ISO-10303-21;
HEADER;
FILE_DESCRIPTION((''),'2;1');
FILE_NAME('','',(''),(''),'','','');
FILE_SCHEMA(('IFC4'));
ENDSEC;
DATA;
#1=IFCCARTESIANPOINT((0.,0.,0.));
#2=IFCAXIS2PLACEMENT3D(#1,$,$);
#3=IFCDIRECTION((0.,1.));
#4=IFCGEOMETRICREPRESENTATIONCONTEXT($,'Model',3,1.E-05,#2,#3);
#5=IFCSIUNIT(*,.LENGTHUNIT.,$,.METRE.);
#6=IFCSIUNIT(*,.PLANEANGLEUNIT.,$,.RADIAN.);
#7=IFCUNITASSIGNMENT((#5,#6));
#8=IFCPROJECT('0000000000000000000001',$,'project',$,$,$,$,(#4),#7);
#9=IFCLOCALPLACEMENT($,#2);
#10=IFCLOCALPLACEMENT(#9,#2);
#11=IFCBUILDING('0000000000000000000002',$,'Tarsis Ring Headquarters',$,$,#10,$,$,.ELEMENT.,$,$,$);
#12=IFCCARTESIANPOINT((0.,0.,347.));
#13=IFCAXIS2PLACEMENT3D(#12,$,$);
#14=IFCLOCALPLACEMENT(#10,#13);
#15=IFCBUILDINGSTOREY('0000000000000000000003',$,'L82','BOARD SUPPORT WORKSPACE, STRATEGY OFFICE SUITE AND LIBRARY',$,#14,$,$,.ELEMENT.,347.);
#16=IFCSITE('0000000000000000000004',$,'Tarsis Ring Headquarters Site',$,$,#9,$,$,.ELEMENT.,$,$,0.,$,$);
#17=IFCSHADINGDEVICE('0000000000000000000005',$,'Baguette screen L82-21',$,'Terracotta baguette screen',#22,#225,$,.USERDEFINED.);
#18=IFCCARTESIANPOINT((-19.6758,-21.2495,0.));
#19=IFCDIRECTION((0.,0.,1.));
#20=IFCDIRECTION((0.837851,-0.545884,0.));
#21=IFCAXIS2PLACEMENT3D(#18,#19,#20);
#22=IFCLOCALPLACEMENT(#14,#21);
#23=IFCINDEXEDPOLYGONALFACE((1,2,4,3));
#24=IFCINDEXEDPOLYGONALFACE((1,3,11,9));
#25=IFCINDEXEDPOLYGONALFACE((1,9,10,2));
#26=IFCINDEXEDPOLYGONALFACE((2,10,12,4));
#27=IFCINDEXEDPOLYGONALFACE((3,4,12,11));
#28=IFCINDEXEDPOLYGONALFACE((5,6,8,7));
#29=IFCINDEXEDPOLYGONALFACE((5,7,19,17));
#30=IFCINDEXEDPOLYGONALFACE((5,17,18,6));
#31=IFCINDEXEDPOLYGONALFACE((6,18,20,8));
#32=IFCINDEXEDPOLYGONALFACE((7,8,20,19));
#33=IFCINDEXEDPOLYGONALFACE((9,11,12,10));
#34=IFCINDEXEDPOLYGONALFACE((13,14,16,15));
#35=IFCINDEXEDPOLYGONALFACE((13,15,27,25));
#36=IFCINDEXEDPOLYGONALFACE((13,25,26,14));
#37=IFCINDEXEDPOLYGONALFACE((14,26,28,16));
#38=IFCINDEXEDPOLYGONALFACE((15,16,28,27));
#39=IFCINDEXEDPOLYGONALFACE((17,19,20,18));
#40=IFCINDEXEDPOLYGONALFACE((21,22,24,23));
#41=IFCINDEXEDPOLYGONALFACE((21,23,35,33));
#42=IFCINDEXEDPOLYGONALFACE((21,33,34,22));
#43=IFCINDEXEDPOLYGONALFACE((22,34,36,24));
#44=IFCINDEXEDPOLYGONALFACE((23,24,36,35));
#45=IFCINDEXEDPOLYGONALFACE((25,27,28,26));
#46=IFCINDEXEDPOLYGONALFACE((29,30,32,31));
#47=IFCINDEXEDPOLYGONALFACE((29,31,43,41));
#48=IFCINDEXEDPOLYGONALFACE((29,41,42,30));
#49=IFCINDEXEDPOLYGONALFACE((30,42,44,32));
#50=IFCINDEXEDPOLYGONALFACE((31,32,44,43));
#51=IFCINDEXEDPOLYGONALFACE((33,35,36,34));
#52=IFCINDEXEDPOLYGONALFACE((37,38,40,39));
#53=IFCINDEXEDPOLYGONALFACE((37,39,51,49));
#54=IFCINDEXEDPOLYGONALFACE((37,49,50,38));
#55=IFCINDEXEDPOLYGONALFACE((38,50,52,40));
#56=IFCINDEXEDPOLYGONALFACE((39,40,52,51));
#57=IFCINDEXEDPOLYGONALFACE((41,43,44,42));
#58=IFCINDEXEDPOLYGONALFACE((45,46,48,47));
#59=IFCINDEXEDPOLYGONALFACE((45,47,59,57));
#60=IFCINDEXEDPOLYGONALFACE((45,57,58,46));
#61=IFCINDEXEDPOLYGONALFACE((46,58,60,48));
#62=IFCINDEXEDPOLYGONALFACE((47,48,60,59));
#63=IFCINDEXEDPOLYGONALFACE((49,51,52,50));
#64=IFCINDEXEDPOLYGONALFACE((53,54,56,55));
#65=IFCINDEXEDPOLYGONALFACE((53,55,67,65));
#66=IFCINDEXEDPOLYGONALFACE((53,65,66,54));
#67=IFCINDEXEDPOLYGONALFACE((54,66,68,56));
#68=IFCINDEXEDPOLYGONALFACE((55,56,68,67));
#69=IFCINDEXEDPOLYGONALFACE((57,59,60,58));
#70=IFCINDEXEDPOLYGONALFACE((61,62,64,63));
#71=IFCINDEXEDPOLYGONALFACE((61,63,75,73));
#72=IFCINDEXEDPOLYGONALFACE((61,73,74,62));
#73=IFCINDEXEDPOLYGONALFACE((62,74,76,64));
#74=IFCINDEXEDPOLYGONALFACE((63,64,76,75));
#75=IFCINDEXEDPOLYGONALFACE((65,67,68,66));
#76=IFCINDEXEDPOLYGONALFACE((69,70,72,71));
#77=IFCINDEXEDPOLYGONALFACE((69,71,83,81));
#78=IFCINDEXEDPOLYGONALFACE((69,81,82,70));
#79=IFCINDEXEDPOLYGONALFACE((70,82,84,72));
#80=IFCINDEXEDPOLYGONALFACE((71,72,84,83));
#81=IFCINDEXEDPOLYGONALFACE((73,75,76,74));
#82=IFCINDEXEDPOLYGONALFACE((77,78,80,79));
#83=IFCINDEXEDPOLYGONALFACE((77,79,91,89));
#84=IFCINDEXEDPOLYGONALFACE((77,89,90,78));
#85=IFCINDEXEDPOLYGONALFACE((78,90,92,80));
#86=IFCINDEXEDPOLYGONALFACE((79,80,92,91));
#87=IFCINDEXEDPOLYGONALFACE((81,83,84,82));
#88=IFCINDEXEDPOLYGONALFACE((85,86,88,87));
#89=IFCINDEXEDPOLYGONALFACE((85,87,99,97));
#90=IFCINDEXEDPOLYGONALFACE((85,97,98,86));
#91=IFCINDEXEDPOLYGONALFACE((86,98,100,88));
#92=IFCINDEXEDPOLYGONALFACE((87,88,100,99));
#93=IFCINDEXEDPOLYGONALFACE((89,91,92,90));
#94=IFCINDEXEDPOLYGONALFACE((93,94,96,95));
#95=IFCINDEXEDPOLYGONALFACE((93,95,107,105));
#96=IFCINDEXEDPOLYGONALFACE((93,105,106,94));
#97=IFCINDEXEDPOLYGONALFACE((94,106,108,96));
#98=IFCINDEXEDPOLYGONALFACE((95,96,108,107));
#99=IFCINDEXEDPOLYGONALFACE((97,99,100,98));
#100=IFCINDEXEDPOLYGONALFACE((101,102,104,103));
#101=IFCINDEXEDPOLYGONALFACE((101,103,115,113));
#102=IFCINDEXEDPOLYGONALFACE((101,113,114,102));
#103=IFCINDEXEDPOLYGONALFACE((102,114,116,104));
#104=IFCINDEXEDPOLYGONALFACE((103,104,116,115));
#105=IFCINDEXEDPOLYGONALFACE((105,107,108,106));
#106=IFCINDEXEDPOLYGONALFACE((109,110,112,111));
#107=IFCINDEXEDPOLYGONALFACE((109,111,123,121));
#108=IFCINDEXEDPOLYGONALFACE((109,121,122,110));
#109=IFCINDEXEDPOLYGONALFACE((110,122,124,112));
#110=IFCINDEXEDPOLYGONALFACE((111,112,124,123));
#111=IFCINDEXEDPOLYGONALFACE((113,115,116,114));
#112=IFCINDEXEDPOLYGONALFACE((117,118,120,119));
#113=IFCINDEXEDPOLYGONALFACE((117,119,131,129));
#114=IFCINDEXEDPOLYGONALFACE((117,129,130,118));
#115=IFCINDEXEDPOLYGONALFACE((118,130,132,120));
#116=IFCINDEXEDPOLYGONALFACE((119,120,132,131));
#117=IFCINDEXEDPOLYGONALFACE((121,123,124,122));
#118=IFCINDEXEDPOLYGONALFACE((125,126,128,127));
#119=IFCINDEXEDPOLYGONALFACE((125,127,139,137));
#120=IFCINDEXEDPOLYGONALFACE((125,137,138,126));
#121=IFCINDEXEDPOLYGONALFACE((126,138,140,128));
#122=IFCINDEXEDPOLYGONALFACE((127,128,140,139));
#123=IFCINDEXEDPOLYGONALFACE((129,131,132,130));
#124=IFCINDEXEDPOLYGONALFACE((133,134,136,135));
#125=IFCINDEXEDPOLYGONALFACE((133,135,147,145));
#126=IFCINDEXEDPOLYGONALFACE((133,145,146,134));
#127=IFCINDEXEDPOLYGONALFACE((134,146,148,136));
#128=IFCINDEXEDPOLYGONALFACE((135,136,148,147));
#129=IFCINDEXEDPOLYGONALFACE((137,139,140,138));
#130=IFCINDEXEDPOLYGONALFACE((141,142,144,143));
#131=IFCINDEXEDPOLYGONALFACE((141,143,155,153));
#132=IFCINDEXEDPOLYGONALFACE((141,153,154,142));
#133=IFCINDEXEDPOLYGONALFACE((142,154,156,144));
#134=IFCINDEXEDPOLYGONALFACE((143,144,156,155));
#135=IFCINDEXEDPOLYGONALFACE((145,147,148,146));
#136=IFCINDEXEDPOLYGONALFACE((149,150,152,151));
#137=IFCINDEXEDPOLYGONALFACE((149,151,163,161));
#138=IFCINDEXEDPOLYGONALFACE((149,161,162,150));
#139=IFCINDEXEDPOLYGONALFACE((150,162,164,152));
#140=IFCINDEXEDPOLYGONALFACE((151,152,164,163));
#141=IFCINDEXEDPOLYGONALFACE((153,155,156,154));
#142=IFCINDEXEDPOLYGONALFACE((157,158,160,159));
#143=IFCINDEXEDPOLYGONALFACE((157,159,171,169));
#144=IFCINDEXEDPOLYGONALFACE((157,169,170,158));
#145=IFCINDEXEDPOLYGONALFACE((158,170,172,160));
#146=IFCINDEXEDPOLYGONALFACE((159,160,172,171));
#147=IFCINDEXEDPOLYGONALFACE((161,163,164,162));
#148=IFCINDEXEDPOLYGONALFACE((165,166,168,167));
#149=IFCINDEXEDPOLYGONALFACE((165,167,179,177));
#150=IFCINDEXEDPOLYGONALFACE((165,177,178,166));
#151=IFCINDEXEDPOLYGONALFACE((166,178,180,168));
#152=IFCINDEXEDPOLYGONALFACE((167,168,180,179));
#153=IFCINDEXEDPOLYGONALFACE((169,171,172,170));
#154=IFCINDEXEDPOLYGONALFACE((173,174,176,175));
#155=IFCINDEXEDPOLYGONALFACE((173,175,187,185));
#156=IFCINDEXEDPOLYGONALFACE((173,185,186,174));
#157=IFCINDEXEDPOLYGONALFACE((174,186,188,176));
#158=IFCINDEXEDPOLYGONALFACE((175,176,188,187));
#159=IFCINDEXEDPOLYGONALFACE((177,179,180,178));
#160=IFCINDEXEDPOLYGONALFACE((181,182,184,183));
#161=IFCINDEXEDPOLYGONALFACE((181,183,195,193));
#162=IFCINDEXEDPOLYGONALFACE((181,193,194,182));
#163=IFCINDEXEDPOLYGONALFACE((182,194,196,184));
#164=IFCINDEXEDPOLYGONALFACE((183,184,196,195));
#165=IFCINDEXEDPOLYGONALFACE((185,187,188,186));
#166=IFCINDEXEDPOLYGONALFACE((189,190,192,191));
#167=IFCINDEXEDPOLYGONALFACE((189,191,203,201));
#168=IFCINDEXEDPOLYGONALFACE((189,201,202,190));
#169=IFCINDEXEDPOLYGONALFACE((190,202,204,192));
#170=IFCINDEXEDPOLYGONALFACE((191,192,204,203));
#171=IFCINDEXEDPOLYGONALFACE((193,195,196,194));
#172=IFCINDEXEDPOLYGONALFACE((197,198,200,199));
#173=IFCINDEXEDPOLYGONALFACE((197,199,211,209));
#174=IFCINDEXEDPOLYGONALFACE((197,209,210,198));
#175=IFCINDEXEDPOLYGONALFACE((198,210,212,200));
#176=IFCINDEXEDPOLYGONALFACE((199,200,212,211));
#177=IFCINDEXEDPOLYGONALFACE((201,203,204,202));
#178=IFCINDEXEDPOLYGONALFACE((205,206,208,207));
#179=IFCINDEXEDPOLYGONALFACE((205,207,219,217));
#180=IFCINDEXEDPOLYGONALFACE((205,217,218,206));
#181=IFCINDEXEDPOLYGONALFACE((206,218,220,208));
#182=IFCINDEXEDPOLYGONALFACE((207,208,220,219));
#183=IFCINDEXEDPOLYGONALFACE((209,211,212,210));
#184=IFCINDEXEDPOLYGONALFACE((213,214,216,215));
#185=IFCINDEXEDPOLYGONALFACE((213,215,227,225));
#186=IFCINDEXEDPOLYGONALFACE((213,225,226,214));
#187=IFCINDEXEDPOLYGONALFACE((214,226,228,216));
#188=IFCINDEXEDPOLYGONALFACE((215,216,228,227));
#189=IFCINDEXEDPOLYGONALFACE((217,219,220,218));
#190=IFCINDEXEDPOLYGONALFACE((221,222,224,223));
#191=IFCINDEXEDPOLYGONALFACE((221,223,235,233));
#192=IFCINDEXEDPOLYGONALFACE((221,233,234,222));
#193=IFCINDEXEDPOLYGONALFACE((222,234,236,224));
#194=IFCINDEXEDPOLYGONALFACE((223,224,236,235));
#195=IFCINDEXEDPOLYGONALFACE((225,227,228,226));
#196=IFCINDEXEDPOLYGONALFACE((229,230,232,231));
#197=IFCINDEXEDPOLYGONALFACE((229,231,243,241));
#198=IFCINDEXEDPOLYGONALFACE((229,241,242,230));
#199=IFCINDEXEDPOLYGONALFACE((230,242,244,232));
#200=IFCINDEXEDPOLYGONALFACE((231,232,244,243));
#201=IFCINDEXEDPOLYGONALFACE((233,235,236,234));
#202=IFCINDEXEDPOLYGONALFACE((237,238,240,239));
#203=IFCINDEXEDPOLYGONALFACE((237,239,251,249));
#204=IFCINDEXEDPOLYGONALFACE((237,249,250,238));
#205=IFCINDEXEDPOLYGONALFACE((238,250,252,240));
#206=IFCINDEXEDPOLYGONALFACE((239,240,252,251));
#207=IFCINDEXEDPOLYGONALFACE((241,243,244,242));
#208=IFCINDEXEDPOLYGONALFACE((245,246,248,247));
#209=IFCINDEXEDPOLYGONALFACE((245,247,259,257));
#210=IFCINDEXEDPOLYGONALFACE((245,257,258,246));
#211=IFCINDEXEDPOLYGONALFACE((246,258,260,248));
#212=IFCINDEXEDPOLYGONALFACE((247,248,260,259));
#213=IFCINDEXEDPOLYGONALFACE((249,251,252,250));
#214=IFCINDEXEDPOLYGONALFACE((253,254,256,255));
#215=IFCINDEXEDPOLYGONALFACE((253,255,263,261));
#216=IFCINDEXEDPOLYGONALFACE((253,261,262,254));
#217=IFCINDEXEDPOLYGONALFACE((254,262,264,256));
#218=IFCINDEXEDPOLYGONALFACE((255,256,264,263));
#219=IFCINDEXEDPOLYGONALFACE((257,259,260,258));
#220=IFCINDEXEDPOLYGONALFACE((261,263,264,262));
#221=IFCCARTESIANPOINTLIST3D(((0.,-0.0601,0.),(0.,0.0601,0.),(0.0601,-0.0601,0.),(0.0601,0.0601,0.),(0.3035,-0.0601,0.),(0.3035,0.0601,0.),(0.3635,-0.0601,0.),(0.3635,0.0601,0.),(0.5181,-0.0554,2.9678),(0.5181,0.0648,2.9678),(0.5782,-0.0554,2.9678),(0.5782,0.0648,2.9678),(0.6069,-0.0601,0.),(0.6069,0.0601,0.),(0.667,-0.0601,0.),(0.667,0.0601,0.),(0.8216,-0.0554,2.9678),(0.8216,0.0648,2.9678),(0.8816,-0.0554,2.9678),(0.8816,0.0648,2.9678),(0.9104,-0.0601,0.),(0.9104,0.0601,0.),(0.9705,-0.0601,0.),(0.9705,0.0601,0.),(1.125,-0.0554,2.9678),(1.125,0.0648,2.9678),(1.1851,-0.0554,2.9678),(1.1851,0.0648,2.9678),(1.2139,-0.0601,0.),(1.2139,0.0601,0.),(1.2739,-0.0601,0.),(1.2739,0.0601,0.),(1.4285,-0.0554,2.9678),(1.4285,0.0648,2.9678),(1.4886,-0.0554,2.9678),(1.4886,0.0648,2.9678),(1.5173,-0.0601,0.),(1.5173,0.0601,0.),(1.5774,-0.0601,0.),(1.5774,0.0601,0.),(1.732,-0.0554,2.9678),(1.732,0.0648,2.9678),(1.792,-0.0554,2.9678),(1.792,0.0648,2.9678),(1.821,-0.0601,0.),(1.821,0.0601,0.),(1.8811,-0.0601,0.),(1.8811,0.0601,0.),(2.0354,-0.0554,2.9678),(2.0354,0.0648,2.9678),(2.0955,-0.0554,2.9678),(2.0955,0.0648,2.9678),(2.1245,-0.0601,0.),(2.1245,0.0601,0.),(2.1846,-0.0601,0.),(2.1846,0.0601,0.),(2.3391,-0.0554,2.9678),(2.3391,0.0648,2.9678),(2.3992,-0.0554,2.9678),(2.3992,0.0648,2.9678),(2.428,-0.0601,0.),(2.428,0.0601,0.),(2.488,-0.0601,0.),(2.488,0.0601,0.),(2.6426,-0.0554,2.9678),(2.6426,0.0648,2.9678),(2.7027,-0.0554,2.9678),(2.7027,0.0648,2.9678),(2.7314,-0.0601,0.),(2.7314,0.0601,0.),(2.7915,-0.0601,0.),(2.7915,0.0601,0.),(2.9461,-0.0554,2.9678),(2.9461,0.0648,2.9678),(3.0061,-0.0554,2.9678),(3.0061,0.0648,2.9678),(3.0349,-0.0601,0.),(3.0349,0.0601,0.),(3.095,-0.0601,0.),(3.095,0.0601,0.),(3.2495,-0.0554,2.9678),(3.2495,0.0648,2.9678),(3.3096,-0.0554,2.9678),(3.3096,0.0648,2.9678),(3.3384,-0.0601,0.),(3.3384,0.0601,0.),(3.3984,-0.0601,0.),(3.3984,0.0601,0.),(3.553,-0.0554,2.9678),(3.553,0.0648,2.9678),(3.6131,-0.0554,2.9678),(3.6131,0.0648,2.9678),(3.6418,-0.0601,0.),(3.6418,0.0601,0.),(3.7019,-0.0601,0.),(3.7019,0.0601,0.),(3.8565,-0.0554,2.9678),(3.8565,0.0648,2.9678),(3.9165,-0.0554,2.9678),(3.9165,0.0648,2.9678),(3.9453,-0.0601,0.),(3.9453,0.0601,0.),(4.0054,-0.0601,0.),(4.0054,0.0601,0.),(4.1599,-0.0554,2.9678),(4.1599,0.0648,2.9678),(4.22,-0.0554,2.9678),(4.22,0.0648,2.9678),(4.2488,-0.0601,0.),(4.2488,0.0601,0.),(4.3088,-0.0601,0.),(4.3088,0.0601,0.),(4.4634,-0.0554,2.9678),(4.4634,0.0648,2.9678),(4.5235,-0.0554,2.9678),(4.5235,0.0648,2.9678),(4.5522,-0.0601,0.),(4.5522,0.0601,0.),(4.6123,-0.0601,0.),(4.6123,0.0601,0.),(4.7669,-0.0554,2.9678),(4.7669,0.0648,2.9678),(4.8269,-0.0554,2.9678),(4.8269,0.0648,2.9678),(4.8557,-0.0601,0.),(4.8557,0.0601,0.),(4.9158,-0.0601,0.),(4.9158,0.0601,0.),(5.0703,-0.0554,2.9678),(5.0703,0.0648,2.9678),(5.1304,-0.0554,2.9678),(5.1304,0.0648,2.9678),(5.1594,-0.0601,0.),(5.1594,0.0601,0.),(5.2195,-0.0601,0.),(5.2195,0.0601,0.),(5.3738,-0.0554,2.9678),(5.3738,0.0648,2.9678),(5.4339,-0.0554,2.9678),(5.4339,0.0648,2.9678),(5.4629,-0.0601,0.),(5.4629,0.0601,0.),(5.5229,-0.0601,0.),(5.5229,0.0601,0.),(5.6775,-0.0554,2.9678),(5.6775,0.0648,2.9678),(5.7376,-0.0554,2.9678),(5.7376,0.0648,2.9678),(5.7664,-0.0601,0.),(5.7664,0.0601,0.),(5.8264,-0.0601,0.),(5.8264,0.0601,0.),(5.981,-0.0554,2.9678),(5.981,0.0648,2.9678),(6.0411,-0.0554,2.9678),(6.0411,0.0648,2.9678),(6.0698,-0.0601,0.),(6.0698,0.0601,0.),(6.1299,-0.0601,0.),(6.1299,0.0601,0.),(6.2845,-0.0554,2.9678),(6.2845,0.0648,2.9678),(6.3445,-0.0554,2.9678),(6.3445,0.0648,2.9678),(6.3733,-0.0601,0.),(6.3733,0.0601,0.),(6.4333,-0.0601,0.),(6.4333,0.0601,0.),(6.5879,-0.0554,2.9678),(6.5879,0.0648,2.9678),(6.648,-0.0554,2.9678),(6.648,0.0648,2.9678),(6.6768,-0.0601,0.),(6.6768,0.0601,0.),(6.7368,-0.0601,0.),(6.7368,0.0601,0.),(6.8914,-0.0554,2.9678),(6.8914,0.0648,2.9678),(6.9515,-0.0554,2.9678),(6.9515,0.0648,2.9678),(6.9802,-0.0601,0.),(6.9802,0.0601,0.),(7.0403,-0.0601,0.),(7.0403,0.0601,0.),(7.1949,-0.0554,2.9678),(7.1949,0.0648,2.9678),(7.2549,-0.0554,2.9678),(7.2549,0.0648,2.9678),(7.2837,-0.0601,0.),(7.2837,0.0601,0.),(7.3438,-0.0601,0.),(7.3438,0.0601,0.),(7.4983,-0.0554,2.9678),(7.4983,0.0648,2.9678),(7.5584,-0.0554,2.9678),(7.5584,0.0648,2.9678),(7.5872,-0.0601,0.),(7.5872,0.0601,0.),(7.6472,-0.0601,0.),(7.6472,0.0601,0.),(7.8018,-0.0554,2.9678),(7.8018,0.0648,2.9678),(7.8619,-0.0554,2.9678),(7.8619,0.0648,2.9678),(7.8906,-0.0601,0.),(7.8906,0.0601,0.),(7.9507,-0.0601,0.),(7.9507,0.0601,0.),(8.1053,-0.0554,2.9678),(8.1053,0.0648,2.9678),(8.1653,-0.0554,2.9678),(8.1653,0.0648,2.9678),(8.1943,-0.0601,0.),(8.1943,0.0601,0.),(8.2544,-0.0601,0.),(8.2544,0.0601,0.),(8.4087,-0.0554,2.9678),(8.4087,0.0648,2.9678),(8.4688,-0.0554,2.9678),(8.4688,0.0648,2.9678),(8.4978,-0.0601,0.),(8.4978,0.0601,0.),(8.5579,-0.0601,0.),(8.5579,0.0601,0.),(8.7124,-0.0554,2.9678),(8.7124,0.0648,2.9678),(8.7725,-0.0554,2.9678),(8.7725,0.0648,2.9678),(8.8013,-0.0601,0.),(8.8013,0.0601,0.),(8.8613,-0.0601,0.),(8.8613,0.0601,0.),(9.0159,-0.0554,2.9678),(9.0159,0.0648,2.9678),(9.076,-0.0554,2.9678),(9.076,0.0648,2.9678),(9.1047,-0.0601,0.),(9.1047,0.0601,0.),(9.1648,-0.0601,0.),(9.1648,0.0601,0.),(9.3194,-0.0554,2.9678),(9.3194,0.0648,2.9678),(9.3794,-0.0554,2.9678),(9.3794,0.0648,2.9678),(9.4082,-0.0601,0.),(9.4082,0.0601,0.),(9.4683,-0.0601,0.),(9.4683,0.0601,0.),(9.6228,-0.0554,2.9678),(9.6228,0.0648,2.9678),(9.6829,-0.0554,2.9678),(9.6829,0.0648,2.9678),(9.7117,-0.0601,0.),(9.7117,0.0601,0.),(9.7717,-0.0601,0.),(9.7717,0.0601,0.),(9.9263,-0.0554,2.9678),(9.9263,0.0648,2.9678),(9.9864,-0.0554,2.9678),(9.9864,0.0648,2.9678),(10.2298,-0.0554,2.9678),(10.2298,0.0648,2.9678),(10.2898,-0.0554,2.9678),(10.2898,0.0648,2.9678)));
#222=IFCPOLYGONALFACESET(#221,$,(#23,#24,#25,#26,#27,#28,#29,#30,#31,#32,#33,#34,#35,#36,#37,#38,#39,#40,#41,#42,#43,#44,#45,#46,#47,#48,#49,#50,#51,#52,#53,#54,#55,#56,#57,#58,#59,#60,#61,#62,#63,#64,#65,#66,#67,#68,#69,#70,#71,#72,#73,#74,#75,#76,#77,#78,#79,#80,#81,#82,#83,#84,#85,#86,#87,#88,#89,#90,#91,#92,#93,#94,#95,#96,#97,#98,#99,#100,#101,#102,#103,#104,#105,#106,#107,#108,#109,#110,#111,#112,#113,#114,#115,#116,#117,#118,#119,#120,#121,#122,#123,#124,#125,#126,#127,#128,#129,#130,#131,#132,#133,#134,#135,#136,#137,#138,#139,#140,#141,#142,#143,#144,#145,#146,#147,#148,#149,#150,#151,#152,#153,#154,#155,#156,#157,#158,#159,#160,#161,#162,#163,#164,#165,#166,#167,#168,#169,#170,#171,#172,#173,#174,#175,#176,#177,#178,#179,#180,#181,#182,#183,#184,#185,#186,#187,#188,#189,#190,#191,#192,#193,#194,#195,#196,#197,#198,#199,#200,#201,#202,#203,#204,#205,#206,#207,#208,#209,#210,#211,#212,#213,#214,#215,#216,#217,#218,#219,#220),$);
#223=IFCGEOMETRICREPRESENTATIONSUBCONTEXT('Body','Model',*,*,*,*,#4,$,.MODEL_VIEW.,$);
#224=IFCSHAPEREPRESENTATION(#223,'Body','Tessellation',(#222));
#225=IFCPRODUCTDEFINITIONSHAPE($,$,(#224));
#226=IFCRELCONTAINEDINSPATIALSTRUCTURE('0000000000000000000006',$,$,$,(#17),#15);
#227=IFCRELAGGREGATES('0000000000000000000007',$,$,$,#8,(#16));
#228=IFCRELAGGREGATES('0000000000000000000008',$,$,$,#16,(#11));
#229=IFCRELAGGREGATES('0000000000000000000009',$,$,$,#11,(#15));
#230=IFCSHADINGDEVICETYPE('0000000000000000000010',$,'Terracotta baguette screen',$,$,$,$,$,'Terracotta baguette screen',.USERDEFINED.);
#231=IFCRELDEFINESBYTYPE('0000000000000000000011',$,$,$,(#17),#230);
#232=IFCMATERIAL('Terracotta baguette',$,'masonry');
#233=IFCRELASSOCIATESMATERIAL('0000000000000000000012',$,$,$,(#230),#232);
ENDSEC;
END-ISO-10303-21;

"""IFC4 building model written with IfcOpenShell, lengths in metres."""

from ifc_helpers import new_model, si_unit, direction, frame, frame_2d, origin, place, context, subcontext, project, spatial, rectangle, composite_profile, extrude, material, type_object, element, save


model = new_model("IFC4")

# Units and contexts
model_context = context("Model", 3, precision=1e-05, world=origin(), true_north=direction((0.0, 1.0)))
body_context = subcontext(model_context, "Body", "Model", "MODEL_VIEW")
ifc_project = project(units=[si_unit("LENGTHUNIT", "METRE"), si_unit("PLANEANGLEUNIT", "RADIAN")], contexts=[model_context])

# Site, building, storey
site_placement = place(None, origin())
site = spatial("IfcSite", under=ifc_project, at=site_placement, Name="Tarsis Ring Headquarters Site", CompositionType="ELEMENT", RefElevation=0.0)
building_placement = place(site_placement, origin())
building = spatial("IfcBuilding", under=site, at=building_placement, Name="Tarsis Ring Headquarters", CompositionType="ELEMENT")
storey_placement = place(building_placement, frame((0.0, 0.0, 347.0)))
storey = spatial("IfcBuildingStorey", under=building, at=storey_placement, Name="L82", Description="BOARD SUPPORT WORKSPACE, STRATEGY OFFICE SUITE AND LIBRARY", CompositionType="ELEMENT", Elevation=347.0)

# Shading device
ifc_material_1 = material(Name="Terracotta baguette", Category="masonry")
shading_device_type = type_object("IfcShadingDeviceType", Name="Terracotta baguette screen", ElementType="Terracotta baguette screen", PredefinedType="USERDEFINED", material=ifc_material_1)
shading_device_1_placement = place(storey_placement, frame((-19.6758, -21.2495, 0.0), z_axis=(0.0, 0.0, 1.0), x_axis=(0.837851, -0.545884, 0.0)))
element("IfcShadingDevice", 1, at=shading_device_1_placement, inside=storey, type_object=shading_device_type, Name="Baguette screen L82-21", ObjectType="Terracotta baguette screen", PredefinedType="USERDEFINED", context=body_context, shape_type="SweptSolid", body=[
    extrude(composite_profile([rectangle(XDim=0.0601, YDim=0.1201, at=frame_2d((0.03, 0.0))), rectangle(XDim=0.0601, YDim=0.1201, at=frame_2d((0.3335, 0.0))), rectangle(XDim=0.0601, YDim=0.1201, at=frame_2d((0.637, 0.0))), rectangle(XDim=0.0601, YDim=0.1201, at=frame_2d((0.9404, 0.0))), rectangle(XDim=0.0601, YDim=0.1201, at=frame_2d((1.2439, 0.0))), rectangle(XDim=0.0601, YDim=0.1201, at=frame_2d((1.5474, 0.0))), rectangle(XDim=0.0601, YDim=0.1201, at=frame_2d((1.8511, 0.0))), rectangle(XDim=0.0601, YDim=0.1201, at=frame_2d((2.1545, 0.0))), rectangle(XDim=0.0601, YDim=0.1201, at=frame_2d((2.458, 0.0))), rectangle(XDim=0.0601, YDim=0.1201, at=frame_2d((2.7615, 0.0))), rectangle(XDim=0.0601, YDim=0.1201, at=frame_2d((3.0649, 0.0))), rectangle(XDim=0.0601, YDim=0.1201, at=frame_2d((3.3684, 0.0))), rectangle(XDim=0.0601, YDim=0.1201, at=frame_2d((3.6719, 0.0))), rectangle(XDim=0.0601, YDim=0.1201, at=frame_2d((3.9753, 0.0))), rectangle(XDim=0.0601, YDim=0.1201, at=frame_2d((4.2788, 0.0))), rectangle(XDim=0.0601, YDim=0.1201, at=frame_2d((4.5823, 0.0))), rectangle(XDim=0.0601, YDim=0.1201, at=frame_2d((4.8857, 0.0))), rectangle(XDim=0.0601, YDim=0.1201, at=frame_2d((5.1895, 0.0))), rectangle(XDim=0.0601, YDim=0.1201, at=frame_2d((5.4929, 0.0))), rectangle(XDim=0.0601, YDim=0.1201, at=frame_2d((5.7964, 0.0))), rectangle(XDim=0.0601, YDim=0.1201, at=frame_2d((6.0999, 0.0))), rectangle(XDim=0.0601, YDim=0.1201, at=frame_2d((6.4033, 0.0))), rectangle(XDim=0.0601, YDim=0.1201, at=frame_2d((6.7068, 0.0))), rectangle(XDim=0.0601, YDim=0.1201, at=frame_2d((7.0103, 0.0))), rectangle(XDim=0.0601, YDim=0.1201, at=frame_2d((7.3137, 0.0))), rectangle(XDim=0.0601, YDim=0.1201, at=frame_2d((7.6172, 0.0))), rectangle(XDim=0.0601, YDim=0.1201, at=frame_2d((7.9207, 0.0))), rectangle(XDim=0.0601, YDim=0.1201, at=frame_2d((8.2244, 0.0))), rectangle(XDim=0.0601, YDim=0.1201, at=frame_2d((8.5278, 0.0))), rectangle(XDim=0.0601, YDim=0.1201, at=frame_2d((8.8313, 0.0))), rectangle(XDim=0.0601, YDim=0.1201, at=frame_2d((9.1348, 0.0))), rectangle(XDim=0.0601, YDim=0.1201, at=frame_2d((9.4382, 0.0))), rectangle(XDim=0.0601, YDim=0.1201, at=frame_2d((9.7417, 0.0)))]), origin(), (0.171973, 0.001562, 0.9851), 3.0127),
])

save(model, "model.ifc")
